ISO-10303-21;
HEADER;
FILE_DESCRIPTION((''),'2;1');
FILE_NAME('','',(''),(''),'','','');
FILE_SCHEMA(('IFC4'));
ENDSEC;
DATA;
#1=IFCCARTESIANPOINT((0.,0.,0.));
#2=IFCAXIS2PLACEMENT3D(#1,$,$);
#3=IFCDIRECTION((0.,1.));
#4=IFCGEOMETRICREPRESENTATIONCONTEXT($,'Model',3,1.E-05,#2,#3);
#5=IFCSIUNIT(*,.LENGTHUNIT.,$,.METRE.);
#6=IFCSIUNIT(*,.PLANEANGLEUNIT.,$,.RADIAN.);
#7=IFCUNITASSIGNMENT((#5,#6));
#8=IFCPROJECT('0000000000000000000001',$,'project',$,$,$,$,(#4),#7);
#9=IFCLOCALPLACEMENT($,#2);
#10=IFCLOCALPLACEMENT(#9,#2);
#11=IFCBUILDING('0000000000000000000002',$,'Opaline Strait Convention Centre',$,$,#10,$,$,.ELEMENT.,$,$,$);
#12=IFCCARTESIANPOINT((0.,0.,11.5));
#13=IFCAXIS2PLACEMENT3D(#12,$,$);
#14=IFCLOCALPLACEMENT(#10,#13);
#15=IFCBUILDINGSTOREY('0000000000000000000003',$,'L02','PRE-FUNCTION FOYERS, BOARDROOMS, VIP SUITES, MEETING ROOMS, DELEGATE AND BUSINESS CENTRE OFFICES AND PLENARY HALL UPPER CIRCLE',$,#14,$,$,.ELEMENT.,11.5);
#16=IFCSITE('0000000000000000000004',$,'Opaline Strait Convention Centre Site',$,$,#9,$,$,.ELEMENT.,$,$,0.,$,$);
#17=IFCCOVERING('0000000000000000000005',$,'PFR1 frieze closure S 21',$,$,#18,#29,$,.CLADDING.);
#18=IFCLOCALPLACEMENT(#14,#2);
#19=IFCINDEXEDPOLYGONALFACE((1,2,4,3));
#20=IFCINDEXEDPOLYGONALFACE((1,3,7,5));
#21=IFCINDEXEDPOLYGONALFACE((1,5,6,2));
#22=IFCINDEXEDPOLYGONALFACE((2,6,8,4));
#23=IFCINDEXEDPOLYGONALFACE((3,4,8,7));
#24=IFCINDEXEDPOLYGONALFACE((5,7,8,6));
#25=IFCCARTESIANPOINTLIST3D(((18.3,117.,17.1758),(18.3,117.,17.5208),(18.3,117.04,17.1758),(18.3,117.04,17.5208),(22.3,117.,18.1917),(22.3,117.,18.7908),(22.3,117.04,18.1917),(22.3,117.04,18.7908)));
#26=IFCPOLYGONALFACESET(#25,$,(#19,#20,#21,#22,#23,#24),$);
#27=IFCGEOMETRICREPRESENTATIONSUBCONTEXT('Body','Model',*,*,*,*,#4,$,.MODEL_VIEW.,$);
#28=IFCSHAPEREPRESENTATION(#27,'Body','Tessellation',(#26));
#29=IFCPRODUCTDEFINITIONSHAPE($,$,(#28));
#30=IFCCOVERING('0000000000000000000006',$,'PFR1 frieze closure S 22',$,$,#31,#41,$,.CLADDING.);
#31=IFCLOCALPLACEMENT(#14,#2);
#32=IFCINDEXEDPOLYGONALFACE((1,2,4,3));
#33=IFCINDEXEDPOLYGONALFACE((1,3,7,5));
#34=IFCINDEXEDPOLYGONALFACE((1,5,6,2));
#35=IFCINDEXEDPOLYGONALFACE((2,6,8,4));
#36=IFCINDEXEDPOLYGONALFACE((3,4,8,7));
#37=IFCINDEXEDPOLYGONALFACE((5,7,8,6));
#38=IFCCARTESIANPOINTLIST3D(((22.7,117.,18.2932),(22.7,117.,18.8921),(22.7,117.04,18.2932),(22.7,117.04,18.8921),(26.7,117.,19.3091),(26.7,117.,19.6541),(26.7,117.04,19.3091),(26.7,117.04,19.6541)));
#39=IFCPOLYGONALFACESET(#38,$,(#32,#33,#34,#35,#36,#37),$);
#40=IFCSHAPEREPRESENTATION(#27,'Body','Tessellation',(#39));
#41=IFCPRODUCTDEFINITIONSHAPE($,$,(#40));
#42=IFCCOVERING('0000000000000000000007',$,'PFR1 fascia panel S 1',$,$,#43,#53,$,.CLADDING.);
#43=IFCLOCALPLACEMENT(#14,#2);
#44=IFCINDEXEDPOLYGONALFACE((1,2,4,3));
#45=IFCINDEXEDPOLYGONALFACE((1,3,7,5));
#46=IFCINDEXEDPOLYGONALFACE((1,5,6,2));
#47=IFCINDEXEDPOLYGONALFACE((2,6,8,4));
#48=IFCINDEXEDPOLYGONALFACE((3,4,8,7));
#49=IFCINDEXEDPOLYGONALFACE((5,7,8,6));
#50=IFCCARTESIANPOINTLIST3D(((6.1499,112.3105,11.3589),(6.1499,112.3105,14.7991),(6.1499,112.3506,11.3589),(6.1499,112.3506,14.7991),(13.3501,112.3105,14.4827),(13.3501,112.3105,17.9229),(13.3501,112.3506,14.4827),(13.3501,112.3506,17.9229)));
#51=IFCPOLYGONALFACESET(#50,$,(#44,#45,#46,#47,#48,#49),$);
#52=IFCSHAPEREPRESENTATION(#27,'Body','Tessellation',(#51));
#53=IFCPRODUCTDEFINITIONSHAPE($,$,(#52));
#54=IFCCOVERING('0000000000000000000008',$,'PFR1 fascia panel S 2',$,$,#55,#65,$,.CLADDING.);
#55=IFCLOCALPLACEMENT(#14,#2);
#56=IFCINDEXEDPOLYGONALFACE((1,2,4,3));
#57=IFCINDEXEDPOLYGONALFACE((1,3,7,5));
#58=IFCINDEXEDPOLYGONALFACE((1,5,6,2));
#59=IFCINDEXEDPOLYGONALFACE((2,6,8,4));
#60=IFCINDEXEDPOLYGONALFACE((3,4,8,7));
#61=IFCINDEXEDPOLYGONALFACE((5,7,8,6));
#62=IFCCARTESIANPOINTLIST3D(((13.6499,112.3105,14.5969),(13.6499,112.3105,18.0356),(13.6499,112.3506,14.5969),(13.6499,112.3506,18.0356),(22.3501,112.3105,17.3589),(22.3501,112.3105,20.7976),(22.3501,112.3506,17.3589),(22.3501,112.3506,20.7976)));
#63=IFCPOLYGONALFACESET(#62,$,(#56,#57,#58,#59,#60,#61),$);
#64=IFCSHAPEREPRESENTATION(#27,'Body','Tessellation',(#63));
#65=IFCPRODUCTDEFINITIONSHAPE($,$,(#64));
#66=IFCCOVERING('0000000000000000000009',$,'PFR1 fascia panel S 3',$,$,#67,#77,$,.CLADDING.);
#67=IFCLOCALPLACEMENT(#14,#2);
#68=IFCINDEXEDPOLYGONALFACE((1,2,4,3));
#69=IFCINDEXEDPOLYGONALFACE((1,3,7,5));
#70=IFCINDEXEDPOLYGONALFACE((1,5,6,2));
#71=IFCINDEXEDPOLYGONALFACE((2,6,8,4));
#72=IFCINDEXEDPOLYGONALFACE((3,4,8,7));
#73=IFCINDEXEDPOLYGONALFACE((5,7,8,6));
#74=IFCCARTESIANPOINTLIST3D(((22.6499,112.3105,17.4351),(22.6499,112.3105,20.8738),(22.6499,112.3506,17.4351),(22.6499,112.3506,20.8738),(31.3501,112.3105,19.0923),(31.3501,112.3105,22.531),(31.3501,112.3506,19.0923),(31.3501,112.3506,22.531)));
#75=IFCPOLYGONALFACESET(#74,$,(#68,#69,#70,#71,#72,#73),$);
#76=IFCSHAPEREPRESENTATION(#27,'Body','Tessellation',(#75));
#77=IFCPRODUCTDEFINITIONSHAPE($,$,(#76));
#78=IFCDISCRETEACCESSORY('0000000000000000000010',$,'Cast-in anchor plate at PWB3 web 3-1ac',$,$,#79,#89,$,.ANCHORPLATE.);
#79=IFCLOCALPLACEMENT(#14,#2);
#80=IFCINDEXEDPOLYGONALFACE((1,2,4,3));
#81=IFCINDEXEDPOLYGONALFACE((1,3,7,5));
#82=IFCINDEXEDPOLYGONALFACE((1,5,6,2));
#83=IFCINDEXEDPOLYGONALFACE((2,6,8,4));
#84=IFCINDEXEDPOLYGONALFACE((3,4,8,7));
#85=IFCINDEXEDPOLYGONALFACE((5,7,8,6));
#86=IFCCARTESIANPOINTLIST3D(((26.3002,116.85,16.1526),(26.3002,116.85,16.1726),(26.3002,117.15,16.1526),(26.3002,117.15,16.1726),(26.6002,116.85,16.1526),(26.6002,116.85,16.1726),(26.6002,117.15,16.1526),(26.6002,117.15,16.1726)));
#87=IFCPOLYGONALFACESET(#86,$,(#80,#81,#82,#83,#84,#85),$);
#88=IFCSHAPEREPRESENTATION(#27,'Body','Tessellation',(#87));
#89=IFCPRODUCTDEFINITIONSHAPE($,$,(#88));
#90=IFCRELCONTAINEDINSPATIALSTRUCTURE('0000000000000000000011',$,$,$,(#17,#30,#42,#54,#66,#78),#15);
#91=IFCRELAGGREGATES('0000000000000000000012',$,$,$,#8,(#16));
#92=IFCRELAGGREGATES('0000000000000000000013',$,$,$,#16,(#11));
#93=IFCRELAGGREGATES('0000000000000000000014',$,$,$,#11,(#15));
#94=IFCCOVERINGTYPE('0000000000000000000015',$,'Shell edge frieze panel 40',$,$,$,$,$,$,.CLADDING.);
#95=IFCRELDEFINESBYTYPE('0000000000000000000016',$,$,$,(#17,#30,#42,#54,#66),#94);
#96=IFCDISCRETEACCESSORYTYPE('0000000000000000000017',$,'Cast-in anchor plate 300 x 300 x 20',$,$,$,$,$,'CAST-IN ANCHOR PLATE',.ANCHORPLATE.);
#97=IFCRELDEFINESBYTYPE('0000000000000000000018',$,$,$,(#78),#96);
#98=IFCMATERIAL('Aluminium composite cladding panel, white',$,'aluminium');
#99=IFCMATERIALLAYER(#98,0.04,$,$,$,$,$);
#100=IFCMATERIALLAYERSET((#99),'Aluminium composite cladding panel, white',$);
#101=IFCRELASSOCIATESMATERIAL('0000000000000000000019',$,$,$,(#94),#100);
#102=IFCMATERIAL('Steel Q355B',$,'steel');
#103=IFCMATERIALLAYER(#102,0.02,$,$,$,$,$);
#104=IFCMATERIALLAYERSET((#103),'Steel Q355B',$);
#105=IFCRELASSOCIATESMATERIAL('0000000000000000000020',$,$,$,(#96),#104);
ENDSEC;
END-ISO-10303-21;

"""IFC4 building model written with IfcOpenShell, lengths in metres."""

from ifc_helpers import new_model, si_unit, direction, frame, origin, origin_2d, place, context, subcontext, project, spatial, polyline, rectangle, outline, extrude, material, layer, layer_set, type_object, element, save


model = new_model("IFC4")

# Units and contexts
model_context = context("Model", 3, precision=1e-05, world=origin(), true_north=direction((0.0, 1.0)))
body_context = subcontext(model_context, "Body", "Model", "MODEL_VIEW")
ifc_project = project(units=[si_unit("LENGTHUNIT", "METRE"), si_unit("PLANEANGLEUNIT", "RADIAN")], contexts=[model_context])

# Site, building, storey
site_placement = place(None, origin())
site = spatial("IfcSite", under=ifc_project, at=site_placement, Name="Opaline Strait Convention Centre Site", CompositionType="ELEMENT", RefElevation=0.0)
building_placement = place(site_placement, origin())
building = spatial("IfcBuilding", under=site, at=building_placement, Name="Opaline Strait Convention Centre", CompositionType="ELEMENT")
storey_placement = place(building_placement, frame((0.0, 0.0, 11.5)))
storey = spatial("IfcBuildingStorey", under=building, at=storey_placement, Name="L02", Description="PRE-FUNCTION FOYERS, BOARDROOMS, VIP SUITES, MEETING ROOMS, DELEGATE AND BUSINESS CENTRE OFFICES AND PLENARY HALL UPPER CIRCLE", CompositionType="ELEMENT", Elevation=11.5)

# Shared definitions
ifc_material_1 = material(Name="Steel Q355B", Category="steel")

# Coverings
ifc_material_2 = material(Name="Aluminium composite cladding panel, white", Category="aluminium")
ifc_layer_1 = layer(ifc_material_2, 0.04)
ifc_layer_set_1 = layer_set([ifc_layer_1], Name="Aluminium composite cladding panel, white")
covering_type_1 = type_object("IfcCoveringType", Name="Shell edge frieze panel 40", PredefinedType="CLADDING", material=ifc_layer_set_1)
covering_1_placement = place(storey_placement, frame((18.3, 117.0, 17.1758), z_axis=(0.0, -1.0, 0.0), x_axis=(0.969231, 0.0, 0.246153)))
element("IfcCovering", 1, at=covering_1_placement, inside=storey, type_object=covering_type_1, Name="PFR1 frieze closure S 21", PredefinedType="CLADDING", context=body_context, shape_type="SweptSolid", body=[
    extrude(outline(polyline([(0.0, 0.0), (4.127, 0.0), (4.2745, 0.5807), (0.0849, 0.3344), (0.0, 0.0)])), origin(), (0.0, 0.0, -1.0), 0.04),
])
covering_2_placement = place(storey_placement, frame((22.7, 117.0, 18.2932), z_axis=(0.0, -1.0, 0.0), x_axis=(0.969231, 0.0, 0.246153)))
element("IfcCovering", 2, at=covering_2_placement, inside=storey, type_object=covering_type_1, Name="PFR1 frieze closure S 22", PredefinedType="CLADDING", context=body_context, shape_type="SweptSolid", body=[
    extrude(outline(polyline([(0.0, 0.0), (4.127, 0.0), (4.2119, 0.3344), (0.1474, 0.5805), (0.0, 0.0)])), origin(), (0.0, 0.0, -1.0), 0.04),
])
covering_3_placement = place(storey_placement, frame((6.1499, 112.3506, 14.7991), z_axis=(0.0, 1.0, 0.0), x_axis=(0.917384, 0.0, 0.398004)))
element("IfcCovering", 3, at=covering_3_placement, inside=storey, type_object=covering_type_1, Name="PFR1 fascia panel S 1", PredefinedType="CLADDING", context=body_context, shape_type="SweptSolid", body=[
    extrude(outline(polyline([(0.0, 0.0), (7.8486, 0.0), (6.4794, 3.156), (-1.3692, 3.156), (0.0, 0.0)])), origin(), (0.0, 0.0, -1.0), 0.04),
])
covering_4_placement = place(storey_placement, frame((13.6499, 112.3506, 18.0356), z_axis=(0.0, 1.0, 0.0), x_axis=(0.953124, 0.0, 0.302579)))
element("IfcCovering", 4, at=covering_4_placement, inside=storey, type_object=covering_type_1, Name="PFR1 fascia panel S 2", PredefinedType="CLADDING", context=body_context, shape_type="SweptSolid", body=[
    extrude(outline(polyline([(0.0, 0.0), (9.1281, 0.0), (8.0876, 3.2775), (-1.0405, 3.2775), (0.0, 0.0)])), origin(), (0.0, 0.0, -1.0), 0.04),
])
covering_5_placement = place(storey_placement, frame((22.6499, 112.3506, 20.8738), z_axis=(0.0, 1.0, 0.0), x_axis=(0.982338, 0.0, 0.187117)))
element("IfcCovering", 5, at=covering_5_placement, inside=storey, type_object=covering_type_1, Name="PFR1 fascia panel S 3", PredefinedType="CLADDING", context=body_context, shape_type="SweptSolid", body=[
    extrude(outline(polyline([(0.0, 0.0), (8.8566, 0.0), (8.2132, 3.378), (-0.6434, 3.378), (0.0, 0.0)])), origin(), (0.0, 0.0, -1.0), 0.04),
])

# Discrete accessory
ifc_layer_2 = layer(ifc_material_1, 0.02)
ifc_layer_set_2 = layer_set([ifc_layer_2], Name="Steel Q355B")
discrete_accessory_type = type_object("IfcDiscreteAccessoryType", Name="Cast-in anchor plate 300 x 300 x 20", ElementType="CAST-IN ANCHOR PLATE", PredefinedType="ANCHORPLATE", material=ifc_layer_set_2)
discrete_accessory_placement = place(storey_placement, frame((26.4502, 117.0, 16.1526), z_axis=(0.0, 0.0, 1.0), x_axis=(1.0, 0.0, 0.0)))
element("IfcDiscreteAccessory", 6, at=discrete_accessory_placement, inside=storey, type_object=discrete_accessory_type, Name="Cast-in anchor plate at PWB3 web 3-1ac", PredefinedType="ANCHORPLATE", context=body_context, shape_type="SweptSolid", body=[
    extrude(rectangle(XDim=0.3, YDim=0.3, at=origin_2d()), origin(), (0.0, 0.0, 1.0), 0.02),
])

save(model, "model.ifc")
